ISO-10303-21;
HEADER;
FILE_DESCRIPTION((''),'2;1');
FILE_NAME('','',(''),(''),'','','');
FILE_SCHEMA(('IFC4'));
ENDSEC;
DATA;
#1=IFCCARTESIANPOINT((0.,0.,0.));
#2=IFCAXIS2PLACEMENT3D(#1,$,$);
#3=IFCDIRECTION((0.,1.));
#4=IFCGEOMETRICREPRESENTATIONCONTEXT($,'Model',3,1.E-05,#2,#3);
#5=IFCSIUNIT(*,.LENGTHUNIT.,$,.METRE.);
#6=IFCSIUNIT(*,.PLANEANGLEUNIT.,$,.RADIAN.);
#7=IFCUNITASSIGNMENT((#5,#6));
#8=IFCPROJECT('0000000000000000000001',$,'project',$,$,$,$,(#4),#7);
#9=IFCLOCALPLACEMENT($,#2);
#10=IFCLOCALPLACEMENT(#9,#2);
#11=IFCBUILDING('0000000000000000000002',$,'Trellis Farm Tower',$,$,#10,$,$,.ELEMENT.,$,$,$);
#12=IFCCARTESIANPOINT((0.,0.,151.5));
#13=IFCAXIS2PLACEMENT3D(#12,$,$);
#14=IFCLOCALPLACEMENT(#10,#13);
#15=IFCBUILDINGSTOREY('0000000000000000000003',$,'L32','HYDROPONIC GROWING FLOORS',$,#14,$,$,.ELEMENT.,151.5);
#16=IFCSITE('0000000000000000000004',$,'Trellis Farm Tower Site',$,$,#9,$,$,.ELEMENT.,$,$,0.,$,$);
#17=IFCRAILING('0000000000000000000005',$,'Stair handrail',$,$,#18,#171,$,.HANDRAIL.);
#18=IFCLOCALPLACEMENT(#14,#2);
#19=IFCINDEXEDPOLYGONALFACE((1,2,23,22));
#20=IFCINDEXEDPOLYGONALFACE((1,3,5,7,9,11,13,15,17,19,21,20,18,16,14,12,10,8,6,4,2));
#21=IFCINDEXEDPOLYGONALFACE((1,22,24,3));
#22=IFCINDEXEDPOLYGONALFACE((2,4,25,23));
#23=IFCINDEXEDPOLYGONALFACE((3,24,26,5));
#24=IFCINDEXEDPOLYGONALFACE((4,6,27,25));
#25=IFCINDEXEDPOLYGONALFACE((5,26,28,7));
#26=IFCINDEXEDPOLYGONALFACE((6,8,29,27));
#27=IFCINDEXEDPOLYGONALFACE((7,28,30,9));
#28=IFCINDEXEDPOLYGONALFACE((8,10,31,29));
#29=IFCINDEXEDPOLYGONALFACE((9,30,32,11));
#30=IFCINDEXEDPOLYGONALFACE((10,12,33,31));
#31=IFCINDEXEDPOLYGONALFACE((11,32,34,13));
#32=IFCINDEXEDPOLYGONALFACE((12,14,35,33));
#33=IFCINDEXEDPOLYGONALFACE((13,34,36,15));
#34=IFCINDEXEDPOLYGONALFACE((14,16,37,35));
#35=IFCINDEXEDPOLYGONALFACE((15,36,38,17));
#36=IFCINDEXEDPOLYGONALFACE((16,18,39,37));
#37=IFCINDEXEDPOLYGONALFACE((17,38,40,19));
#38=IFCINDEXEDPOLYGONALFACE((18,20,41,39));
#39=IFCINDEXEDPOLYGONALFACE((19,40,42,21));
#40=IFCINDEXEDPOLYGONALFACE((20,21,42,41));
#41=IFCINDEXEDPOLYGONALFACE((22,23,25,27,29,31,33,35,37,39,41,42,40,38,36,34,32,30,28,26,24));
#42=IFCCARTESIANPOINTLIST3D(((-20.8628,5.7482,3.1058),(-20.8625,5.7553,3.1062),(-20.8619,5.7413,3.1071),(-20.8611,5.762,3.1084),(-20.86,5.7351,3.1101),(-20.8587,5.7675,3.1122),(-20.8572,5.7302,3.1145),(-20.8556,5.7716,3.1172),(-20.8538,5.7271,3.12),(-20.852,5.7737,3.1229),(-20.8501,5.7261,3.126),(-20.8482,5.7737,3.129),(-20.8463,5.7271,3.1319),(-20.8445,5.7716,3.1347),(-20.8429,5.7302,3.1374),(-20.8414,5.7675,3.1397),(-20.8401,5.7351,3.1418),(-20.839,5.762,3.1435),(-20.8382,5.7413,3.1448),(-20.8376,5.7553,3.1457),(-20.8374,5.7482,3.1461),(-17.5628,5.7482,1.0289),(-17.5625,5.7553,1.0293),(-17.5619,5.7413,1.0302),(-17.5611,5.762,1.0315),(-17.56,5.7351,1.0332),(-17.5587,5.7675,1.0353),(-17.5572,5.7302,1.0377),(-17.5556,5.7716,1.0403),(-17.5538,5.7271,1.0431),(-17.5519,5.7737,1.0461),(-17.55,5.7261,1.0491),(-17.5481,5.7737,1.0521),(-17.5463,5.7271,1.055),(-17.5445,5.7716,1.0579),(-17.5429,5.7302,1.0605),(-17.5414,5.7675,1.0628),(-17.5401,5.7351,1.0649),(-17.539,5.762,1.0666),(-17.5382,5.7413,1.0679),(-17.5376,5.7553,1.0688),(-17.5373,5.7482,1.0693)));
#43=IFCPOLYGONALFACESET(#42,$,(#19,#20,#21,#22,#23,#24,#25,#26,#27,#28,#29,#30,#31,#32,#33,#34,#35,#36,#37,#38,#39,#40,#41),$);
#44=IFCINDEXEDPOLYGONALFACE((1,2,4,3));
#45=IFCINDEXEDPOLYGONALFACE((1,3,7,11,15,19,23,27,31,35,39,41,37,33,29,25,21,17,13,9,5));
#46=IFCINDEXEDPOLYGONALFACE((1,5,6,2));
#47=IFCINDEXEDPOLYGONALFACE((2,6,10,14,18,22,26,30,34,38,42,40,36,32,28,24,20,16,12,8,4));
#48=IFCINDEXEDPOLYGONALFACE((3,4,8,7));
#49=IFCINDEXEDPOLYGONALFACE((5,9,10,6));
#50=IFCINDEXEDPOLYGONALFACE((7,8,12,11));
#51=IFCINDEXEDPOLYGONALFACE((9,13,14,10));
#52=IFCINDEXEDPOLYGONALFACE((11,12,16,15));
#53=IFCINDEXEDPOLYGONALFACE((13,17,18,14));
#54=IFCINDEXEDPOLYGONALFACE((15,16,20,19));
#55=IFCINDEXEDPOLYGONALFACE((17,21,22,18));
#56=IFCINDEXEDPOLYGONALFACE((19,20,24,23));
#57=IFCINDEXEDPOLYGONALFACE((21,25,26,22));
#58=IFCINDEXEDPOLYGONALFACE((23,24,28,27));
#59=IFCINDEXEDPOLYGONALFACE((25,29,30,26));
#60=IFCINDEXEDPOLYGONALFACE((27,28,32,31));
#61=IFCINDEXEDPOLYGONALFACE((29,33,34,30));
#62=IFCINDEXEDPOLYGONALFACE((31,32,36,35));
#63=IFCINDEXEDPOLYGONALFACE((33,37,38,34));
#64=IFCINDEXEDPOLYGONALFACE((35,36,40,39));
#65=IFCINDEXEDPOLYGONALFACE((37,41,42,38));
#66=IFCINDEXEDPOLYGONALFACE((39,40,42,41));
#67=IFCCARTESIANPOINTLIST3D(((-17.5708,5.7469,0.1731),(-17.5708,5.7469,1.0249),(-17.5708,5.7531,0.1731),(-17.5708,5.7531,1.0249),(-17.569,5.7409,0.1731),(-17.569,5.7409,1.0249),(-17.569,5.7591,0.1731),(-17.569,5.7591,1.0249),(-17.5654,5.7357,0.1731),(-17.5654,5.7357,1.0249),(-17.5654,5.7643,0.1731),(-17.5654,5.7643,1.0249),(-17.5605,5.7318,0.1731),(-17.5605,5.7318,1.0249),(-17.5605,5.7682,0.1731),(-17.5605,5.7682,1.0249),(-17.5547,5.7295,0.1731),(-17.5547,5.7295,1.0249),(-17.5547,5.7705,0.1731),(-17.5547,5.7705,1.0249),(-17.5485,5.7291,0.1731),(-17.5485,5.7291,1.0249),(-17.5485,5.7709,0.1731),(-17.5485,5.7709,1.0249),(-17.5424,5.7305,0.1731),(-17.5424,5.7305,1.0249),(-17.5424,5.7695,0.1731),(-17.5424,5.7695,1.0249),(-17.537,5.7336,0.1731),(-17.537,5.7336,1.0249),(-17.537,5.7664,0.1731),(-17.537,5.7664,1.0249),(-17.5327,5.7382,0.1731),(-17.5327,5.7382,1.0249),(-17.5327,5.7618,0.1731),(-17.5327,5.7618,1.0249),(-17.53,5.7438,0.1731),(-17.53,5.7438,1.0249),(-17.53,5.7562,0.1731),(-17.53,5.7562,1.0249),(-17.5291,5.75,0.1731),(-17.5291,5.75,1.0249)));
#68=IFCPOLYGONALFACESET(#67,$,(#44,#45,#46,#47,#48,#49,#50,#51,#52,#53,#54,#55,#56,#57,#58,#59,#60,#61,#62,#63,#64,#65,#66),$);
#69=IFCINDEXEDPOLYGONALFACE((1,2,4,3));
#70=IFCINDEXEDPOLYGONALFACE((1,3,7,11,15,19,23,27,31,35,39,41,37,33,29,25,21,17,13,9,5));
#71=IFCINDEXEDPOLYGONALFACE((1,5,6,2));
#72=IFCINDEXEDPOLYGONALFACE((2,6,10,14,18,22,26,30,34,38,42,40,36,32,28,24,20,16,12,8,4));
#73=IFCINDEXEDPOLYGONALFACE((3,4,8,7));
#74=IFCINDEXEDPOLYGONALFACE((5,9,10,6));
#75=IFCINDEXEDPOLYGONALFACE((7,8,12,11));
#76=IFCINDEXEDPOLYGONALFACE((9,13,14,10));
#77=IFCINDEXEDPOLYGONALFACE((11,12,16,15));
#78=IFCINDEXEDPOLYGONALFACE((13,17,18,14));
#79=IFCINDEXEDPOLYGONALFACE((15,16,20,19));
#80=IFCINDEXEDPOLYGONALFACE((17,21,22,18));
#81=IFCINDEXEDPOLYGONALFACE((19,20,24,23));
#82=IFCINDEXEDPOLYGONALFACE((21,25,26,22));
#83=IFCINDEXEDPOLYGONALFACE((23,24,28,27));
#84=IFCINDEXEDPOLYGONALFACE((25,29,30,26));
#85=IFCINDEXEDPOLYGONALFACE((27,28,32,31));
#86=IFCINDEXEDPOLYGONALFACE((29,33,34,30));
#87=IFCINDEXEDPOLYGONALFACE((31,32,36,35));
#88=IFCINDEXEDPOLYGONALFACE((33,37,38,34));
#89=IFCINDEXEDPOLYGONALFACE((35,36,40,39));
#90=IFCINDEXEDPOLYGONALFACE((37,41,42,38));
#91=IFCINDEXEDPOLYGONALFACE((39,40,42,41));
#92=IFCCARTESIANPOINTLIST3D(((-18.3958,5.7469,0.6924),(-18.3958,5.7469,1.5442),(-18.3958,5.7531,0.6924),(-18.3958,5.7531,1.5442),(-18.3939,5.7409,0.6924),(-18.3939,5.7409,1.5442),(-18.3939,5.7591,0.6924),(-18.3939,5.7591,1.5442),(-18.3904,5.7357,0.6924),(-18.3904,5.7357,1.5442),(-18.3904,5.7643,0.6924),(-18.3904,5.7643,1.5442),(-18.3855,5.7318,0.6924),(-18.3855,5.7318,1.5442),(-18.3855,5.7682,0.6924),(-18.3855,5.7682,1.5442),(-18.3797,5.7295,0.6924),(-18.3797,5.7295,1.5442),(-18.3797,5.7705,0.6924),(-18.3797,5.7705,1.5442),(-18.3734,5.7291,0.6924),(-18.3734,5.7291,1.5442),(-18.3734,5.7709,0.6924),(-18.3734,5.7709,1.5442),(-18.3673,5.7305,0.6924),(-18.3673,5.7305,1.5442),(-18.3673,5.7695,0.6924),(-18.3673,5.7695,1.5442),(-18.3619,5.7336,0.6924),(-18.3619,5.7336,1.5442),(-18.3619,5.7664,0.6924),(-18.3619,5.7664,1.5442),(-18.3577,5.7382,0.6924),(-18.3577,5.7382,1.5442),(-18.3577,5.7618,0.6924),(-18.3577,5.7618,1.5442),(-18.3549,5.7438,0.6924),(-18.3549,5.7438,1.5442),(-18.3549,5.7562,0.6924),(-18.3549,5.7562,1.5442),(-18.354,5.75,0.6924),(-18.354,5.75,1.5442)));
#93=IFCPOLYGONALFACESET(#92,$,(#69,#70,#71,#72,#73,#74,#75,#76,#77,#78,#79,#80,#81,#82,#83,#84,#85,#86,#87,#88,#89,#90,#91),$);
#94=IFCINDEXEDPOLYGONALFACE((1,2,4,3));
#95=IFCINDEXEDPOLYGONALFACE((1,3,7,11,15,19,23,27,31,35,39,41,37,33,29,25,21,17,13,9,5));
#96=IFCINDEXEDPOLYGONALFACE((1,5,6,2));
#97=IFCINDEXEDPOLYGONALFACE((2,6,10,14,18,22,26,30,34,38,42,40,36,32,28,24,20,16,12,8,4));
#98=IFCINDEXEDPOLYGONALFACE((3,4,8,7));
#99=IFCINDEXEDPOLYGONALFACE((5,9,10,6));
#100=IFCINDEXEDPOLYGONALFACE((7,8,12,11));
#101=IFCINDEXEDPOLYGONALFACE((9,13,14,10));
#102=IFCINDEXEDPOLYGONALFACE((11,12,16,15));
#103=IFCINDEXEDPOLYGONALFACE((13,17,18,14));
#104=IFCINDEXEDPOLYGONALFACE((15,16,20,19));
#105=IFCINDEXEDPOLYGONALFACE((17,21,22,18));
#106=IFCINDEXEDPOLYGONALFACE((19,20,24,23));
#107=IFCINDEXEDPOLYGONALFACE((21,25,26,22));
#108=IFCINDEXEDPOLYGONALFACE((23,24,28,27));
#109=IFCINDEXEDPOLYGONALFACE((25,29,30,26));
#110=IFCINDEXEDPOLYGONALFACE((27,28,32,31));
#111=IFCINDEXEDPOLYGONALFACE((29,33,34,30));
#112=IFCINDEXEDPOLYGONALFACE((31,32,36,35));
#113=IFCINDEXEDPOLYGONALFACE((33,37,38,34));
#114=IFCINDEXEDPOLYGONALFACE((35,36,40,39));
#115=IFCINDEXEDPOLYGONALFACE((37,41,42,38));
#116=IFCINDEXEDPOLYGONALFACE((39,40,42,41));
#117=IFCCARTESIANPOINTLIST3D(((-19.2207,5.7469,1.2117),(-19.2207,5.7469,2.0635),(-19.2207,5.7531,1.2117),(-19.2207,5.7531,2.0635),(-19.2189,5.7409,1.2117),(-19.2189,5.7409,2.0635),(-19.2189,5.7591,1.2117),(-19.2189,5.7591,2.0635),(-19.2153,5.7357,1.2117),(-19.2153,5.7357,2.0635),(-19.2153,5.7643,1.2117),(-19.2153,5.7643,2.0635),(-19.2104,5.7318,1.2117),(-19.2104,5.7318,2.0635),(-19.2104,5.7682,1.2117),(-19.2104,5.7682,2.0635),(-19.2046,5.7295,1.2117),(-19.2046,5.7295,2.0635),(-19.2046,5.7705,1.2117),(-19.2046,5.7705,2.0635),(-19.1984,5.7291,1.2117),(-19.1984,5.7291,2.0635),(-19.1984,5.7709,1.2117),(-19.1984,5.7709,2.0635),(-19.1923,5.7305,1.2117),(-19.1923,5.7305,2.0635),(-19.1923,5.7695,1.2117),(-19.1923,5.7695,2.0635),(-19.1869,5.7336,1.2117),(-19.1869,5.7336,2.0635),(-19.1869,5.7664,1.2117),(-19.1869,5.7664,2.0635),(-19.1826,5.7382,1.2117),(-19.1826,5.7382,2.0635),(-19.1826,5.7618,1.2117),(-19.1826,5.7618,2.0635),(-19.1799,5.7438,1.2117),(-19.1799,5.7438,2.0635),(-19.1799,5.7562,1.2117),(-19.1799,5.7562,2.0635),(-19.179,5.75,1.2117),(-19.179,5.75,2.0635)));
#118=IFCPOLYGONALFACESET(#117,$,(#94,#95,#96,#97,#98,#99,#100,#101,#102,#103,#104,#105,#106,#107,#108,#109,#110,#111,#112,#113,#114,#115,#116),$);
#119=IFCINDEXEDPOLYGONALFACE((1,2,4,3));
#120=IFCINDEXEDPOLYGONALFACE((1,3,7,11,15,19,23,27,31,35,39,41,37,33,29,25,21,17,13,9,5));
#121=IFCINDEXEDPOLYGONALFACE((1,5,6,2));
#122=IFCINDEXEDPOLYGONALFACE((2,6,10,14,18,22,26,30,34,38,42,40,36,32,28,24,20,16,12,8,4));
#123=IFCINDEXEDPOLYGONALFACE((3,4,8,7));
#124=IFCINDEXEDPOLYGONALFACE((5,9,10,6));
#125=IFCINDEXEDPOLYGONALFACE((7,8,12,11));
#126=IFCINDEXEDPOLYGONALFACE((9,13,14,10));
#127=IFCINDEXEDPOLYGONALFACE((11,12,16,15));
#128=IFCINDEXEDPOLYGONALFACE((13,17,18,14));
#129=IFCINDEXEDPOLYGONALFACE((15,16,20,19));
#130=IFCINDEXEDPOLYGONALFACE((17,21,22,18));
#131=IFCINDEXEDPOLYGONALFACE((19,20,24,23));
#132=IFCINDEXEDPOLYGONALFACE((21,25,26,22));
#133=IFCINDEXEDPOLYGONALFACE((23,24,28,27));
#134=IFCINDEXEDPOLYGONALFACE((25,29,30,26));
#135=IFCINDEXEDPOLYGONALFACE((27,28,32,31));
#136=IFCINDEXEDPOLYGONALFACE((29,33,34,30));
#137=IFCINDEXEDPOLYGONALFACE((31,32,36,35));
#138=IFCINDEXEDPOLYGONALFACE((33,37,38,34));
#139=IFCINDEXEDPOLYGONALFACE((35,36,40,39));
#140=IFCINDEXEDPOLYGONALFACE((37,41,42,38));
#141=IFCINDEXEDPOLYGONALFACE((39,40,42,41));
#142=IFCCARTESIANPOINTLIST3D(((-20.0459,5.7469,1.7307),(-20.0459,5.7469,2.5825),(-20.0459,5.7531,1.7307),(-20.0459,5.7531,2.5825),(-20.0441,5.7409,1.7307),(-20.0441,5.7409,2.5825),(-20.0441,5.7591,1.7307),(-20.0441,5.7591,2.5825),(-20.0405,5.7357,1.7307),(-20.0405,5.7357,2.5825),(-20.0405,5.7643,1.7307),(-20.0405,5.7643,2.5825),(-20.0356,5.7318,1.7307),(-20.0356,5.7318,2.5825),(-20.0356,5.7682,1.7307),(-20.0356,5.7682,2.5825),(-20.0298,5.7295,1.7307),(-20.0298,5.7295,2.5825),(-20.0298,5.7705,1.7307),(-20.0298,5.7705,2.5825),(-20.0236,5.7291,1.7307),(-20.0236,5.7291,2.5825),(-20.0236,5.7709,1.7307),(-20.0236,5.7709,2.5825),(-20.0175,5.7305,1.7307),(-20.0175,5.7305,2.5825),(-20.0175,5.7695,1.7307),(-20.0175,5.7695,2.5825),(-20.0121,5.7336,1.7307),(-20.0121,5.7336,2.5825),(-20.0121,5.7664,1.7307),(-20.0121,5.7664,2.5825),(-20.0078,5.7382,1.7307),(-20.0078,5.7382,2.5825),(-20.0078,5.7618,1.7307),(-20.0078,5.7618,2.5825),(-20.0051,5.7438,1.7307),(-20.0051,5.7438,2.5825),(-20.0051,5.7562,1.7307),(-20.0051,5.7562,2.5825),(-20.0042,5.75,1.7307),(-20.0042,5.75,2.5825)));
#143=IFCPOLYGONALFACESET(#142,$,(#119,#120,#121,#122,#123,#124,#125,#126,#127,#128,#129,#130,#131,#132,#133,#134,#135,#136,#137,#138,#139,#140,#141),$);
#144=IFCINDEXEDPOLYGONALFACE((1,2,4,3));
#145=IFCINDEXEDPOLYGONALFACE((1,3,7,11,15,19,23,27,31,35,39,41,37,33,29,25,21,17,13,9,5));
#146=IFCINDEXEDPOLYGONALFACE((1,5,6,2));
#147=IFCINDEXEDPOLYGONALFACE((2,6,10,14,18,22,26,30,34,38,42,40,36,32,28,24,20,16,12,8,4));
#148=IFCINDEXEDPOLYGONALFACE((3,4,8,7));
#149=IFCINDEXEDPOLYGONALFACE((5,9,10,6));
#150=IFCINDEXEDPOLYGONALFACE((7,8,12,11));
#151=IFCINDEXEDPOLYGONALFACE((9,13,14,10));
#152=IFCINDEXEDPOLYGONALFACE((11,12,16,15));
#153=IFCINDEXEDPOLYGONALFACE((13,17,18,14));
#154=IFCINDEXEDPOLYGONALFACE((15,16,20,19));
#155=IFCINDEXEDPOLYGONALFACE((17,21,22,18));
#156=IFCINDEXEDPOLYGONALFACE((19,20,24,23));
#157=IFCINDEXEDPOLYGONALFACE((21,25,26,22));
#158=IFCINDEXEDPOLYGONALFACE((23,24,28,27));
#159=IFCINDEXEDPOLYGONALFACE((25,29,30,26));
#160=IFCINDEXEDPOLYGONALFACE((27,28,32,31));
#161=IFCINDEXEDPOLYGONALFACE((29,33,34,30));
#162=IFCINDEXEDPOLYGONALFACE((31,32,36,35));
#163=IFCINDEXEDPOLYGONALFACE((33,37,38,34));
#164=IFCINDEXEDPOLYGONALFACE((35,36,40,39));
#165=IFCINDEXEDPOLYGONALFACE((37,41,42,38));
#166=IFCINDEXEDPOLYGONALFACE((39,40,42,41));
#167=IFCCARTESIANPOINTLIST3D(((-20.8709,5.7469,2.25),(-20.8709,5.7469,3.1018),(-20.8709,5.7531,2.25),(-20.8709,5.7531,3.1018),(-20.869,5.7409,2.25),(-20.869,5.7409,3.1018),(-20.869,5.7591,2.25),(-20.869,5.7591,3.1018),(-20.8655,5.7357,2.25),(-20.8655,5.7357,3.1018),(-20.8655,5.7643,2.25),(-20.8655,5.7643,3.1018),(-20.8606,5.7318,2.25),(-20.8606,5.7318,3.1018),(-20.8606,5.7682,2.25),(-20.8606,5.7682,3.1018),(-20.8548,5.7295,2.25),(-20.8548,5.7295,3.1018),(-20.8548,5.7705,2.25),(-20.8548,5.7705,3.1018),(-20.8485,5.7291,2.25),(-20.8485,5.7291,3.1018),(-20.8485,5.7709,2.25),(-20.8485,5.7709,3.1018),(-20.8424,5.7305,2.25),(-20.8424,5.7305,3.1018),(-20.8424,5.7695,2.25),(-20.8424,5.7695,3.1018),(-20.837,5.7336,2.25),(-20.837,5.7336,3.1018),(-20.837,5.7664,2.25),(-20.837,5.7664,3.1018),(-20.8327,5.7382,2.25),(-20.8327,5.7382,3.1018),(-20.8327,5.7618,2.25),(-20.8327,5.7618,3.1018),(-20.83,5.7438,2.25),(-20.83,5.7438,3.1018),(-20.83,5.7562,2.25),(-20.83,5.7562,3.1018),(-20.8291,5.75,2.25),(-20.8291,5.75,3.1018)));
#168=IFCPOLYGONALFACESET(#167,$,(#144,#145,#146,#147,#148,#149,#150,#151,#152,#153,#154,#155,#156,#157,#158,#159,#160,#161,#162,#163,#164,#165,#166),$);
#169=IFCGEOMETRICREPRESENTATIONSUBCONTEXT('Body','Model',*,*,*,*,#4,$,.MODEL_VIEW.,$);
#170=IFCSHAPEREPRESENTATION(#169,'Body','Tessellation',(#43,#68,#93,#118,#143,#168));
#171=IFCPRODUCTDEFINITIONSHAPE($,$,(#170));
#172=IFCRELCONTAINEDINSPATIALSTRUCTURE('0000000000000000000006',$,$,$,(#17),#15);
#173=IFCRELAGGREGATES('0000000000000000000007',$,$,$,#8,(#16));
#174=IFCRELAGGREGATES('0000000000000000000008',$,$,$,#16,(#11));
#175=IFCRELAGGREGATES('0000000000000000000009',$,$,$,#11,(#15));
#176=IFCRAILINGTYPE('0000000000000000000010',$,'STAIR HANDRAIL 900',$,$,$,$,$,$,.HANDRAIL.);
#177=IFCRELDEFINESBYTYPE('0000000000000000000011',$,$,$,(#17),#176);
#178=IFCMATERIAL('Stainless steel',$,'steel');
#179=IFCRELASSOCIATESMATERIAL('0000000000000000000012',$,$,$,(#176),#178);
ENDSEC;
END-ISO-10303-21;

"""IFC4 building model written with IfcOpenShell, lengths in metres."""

from ifc_helpers import new_model, si_unit, direction, frame, origin, origin_2d, place, context, subcontext, project, spatial, circle, extrude, source, transform, mapped, material, type_object, element, save


model = new_model("IFC4")

# Units and contexts
model_context = context("Model", 3, precision=1e-05, world=origin(), true_north=direction((0.0, 1.0)))
body_context = subcontext(model_context, "Body", "Model", "MODEL_VIEW")
ifc_project = project(units=[si_unit("LENGTHUNIT", "METRE"), si_unit("PLANEANGLEUNIT", "RADIAN")], contexts=[model_context])

# Site, building, storey
site_placement = place(None, origin())
site = spatial("IfcSite", under=ifc_project, at=site_placement, Name="Trellis Farm Tower Site", CompositionType="ELEMENT", RefElevation=0.0)
building_placement = place(site_placement, origin())
building = spatial("IfcBuilding", under=site, at=building_placement, Name="Trellis Farm Tower", CompositionType="ELEMENT")
storey_placement = place(building_placement, frame((0.0, 0.0, 151.5)))
storey = spatial("IfcBuildingStorey", under=building, at=storey_placement, Name="L32", Description="HYDROPONIC GROWING FLOORS", CompositionType="ELEMENT", Elevation=151.5)

# Railing
ifc_material_1 = material(Name="Stainless steel", Category="steel")
railing_type = type_object("IfcRailingType", Name="STAIR HANDRAIL 900", PredefinedType="HANDRAIL", material=ifc_material_1)
shared_shape_1 = source(origin(), body_context, "Body", "SweptSolid", [
    extrude(circle(Radius=0.0239, at=origin_2d()), frame((0.0, 0.0, 0.876), z_axis=(-0.846337, 0.0, 0.532647), x_axis=(0.0, -1.0, 0.0)), (0.0, 0.0, 1.0), 3.8992),
    extrude(circle(Radius=0.021, at=origin_2d()), origin(), (0.0, 0.0, 1.0), 0.8518),
    extrude(circle(Radius=0.021, at=origin_2d()), frame((-0.825, 0.0, 0.5193)), (0.0, 0.0, 1.0), 0.8518),
    extrude(circle(Radius=0.021, at=origin_2d()), frame((-1.6499, 0.0, 1.0386)), (0.0, 0.0, 1.0), 0.8518),
    extrude(circle(Radius=0.021, at=origin_2d()), frame((-2.4751, 0.0, 1.5576)), (0.0, 0.0, 1.0), 0.8518),
    extrude(circle(Radius=0.021, at=origin_2d()), frame((-3.3, 0.0, 2.0769)), (0.0, 0.0, 1.0), 0.8518),
])
for number, where, name in (
    (1, (-17.55, 5.75, 0.1731), "Stair handrail"),
):
    element("IfcRailing", number, at=place(storey_placement, frame(where)), inside=storey, type_object=railing_type, Name=name, PredefinedType="HANDRAIL", context=body_context, shape_type="MappedRepresentation", body=[
        mapped(shared_shape_1, transform((0.0, 0.0, 0.0))),
    ])

save(model, "model.ifc")
